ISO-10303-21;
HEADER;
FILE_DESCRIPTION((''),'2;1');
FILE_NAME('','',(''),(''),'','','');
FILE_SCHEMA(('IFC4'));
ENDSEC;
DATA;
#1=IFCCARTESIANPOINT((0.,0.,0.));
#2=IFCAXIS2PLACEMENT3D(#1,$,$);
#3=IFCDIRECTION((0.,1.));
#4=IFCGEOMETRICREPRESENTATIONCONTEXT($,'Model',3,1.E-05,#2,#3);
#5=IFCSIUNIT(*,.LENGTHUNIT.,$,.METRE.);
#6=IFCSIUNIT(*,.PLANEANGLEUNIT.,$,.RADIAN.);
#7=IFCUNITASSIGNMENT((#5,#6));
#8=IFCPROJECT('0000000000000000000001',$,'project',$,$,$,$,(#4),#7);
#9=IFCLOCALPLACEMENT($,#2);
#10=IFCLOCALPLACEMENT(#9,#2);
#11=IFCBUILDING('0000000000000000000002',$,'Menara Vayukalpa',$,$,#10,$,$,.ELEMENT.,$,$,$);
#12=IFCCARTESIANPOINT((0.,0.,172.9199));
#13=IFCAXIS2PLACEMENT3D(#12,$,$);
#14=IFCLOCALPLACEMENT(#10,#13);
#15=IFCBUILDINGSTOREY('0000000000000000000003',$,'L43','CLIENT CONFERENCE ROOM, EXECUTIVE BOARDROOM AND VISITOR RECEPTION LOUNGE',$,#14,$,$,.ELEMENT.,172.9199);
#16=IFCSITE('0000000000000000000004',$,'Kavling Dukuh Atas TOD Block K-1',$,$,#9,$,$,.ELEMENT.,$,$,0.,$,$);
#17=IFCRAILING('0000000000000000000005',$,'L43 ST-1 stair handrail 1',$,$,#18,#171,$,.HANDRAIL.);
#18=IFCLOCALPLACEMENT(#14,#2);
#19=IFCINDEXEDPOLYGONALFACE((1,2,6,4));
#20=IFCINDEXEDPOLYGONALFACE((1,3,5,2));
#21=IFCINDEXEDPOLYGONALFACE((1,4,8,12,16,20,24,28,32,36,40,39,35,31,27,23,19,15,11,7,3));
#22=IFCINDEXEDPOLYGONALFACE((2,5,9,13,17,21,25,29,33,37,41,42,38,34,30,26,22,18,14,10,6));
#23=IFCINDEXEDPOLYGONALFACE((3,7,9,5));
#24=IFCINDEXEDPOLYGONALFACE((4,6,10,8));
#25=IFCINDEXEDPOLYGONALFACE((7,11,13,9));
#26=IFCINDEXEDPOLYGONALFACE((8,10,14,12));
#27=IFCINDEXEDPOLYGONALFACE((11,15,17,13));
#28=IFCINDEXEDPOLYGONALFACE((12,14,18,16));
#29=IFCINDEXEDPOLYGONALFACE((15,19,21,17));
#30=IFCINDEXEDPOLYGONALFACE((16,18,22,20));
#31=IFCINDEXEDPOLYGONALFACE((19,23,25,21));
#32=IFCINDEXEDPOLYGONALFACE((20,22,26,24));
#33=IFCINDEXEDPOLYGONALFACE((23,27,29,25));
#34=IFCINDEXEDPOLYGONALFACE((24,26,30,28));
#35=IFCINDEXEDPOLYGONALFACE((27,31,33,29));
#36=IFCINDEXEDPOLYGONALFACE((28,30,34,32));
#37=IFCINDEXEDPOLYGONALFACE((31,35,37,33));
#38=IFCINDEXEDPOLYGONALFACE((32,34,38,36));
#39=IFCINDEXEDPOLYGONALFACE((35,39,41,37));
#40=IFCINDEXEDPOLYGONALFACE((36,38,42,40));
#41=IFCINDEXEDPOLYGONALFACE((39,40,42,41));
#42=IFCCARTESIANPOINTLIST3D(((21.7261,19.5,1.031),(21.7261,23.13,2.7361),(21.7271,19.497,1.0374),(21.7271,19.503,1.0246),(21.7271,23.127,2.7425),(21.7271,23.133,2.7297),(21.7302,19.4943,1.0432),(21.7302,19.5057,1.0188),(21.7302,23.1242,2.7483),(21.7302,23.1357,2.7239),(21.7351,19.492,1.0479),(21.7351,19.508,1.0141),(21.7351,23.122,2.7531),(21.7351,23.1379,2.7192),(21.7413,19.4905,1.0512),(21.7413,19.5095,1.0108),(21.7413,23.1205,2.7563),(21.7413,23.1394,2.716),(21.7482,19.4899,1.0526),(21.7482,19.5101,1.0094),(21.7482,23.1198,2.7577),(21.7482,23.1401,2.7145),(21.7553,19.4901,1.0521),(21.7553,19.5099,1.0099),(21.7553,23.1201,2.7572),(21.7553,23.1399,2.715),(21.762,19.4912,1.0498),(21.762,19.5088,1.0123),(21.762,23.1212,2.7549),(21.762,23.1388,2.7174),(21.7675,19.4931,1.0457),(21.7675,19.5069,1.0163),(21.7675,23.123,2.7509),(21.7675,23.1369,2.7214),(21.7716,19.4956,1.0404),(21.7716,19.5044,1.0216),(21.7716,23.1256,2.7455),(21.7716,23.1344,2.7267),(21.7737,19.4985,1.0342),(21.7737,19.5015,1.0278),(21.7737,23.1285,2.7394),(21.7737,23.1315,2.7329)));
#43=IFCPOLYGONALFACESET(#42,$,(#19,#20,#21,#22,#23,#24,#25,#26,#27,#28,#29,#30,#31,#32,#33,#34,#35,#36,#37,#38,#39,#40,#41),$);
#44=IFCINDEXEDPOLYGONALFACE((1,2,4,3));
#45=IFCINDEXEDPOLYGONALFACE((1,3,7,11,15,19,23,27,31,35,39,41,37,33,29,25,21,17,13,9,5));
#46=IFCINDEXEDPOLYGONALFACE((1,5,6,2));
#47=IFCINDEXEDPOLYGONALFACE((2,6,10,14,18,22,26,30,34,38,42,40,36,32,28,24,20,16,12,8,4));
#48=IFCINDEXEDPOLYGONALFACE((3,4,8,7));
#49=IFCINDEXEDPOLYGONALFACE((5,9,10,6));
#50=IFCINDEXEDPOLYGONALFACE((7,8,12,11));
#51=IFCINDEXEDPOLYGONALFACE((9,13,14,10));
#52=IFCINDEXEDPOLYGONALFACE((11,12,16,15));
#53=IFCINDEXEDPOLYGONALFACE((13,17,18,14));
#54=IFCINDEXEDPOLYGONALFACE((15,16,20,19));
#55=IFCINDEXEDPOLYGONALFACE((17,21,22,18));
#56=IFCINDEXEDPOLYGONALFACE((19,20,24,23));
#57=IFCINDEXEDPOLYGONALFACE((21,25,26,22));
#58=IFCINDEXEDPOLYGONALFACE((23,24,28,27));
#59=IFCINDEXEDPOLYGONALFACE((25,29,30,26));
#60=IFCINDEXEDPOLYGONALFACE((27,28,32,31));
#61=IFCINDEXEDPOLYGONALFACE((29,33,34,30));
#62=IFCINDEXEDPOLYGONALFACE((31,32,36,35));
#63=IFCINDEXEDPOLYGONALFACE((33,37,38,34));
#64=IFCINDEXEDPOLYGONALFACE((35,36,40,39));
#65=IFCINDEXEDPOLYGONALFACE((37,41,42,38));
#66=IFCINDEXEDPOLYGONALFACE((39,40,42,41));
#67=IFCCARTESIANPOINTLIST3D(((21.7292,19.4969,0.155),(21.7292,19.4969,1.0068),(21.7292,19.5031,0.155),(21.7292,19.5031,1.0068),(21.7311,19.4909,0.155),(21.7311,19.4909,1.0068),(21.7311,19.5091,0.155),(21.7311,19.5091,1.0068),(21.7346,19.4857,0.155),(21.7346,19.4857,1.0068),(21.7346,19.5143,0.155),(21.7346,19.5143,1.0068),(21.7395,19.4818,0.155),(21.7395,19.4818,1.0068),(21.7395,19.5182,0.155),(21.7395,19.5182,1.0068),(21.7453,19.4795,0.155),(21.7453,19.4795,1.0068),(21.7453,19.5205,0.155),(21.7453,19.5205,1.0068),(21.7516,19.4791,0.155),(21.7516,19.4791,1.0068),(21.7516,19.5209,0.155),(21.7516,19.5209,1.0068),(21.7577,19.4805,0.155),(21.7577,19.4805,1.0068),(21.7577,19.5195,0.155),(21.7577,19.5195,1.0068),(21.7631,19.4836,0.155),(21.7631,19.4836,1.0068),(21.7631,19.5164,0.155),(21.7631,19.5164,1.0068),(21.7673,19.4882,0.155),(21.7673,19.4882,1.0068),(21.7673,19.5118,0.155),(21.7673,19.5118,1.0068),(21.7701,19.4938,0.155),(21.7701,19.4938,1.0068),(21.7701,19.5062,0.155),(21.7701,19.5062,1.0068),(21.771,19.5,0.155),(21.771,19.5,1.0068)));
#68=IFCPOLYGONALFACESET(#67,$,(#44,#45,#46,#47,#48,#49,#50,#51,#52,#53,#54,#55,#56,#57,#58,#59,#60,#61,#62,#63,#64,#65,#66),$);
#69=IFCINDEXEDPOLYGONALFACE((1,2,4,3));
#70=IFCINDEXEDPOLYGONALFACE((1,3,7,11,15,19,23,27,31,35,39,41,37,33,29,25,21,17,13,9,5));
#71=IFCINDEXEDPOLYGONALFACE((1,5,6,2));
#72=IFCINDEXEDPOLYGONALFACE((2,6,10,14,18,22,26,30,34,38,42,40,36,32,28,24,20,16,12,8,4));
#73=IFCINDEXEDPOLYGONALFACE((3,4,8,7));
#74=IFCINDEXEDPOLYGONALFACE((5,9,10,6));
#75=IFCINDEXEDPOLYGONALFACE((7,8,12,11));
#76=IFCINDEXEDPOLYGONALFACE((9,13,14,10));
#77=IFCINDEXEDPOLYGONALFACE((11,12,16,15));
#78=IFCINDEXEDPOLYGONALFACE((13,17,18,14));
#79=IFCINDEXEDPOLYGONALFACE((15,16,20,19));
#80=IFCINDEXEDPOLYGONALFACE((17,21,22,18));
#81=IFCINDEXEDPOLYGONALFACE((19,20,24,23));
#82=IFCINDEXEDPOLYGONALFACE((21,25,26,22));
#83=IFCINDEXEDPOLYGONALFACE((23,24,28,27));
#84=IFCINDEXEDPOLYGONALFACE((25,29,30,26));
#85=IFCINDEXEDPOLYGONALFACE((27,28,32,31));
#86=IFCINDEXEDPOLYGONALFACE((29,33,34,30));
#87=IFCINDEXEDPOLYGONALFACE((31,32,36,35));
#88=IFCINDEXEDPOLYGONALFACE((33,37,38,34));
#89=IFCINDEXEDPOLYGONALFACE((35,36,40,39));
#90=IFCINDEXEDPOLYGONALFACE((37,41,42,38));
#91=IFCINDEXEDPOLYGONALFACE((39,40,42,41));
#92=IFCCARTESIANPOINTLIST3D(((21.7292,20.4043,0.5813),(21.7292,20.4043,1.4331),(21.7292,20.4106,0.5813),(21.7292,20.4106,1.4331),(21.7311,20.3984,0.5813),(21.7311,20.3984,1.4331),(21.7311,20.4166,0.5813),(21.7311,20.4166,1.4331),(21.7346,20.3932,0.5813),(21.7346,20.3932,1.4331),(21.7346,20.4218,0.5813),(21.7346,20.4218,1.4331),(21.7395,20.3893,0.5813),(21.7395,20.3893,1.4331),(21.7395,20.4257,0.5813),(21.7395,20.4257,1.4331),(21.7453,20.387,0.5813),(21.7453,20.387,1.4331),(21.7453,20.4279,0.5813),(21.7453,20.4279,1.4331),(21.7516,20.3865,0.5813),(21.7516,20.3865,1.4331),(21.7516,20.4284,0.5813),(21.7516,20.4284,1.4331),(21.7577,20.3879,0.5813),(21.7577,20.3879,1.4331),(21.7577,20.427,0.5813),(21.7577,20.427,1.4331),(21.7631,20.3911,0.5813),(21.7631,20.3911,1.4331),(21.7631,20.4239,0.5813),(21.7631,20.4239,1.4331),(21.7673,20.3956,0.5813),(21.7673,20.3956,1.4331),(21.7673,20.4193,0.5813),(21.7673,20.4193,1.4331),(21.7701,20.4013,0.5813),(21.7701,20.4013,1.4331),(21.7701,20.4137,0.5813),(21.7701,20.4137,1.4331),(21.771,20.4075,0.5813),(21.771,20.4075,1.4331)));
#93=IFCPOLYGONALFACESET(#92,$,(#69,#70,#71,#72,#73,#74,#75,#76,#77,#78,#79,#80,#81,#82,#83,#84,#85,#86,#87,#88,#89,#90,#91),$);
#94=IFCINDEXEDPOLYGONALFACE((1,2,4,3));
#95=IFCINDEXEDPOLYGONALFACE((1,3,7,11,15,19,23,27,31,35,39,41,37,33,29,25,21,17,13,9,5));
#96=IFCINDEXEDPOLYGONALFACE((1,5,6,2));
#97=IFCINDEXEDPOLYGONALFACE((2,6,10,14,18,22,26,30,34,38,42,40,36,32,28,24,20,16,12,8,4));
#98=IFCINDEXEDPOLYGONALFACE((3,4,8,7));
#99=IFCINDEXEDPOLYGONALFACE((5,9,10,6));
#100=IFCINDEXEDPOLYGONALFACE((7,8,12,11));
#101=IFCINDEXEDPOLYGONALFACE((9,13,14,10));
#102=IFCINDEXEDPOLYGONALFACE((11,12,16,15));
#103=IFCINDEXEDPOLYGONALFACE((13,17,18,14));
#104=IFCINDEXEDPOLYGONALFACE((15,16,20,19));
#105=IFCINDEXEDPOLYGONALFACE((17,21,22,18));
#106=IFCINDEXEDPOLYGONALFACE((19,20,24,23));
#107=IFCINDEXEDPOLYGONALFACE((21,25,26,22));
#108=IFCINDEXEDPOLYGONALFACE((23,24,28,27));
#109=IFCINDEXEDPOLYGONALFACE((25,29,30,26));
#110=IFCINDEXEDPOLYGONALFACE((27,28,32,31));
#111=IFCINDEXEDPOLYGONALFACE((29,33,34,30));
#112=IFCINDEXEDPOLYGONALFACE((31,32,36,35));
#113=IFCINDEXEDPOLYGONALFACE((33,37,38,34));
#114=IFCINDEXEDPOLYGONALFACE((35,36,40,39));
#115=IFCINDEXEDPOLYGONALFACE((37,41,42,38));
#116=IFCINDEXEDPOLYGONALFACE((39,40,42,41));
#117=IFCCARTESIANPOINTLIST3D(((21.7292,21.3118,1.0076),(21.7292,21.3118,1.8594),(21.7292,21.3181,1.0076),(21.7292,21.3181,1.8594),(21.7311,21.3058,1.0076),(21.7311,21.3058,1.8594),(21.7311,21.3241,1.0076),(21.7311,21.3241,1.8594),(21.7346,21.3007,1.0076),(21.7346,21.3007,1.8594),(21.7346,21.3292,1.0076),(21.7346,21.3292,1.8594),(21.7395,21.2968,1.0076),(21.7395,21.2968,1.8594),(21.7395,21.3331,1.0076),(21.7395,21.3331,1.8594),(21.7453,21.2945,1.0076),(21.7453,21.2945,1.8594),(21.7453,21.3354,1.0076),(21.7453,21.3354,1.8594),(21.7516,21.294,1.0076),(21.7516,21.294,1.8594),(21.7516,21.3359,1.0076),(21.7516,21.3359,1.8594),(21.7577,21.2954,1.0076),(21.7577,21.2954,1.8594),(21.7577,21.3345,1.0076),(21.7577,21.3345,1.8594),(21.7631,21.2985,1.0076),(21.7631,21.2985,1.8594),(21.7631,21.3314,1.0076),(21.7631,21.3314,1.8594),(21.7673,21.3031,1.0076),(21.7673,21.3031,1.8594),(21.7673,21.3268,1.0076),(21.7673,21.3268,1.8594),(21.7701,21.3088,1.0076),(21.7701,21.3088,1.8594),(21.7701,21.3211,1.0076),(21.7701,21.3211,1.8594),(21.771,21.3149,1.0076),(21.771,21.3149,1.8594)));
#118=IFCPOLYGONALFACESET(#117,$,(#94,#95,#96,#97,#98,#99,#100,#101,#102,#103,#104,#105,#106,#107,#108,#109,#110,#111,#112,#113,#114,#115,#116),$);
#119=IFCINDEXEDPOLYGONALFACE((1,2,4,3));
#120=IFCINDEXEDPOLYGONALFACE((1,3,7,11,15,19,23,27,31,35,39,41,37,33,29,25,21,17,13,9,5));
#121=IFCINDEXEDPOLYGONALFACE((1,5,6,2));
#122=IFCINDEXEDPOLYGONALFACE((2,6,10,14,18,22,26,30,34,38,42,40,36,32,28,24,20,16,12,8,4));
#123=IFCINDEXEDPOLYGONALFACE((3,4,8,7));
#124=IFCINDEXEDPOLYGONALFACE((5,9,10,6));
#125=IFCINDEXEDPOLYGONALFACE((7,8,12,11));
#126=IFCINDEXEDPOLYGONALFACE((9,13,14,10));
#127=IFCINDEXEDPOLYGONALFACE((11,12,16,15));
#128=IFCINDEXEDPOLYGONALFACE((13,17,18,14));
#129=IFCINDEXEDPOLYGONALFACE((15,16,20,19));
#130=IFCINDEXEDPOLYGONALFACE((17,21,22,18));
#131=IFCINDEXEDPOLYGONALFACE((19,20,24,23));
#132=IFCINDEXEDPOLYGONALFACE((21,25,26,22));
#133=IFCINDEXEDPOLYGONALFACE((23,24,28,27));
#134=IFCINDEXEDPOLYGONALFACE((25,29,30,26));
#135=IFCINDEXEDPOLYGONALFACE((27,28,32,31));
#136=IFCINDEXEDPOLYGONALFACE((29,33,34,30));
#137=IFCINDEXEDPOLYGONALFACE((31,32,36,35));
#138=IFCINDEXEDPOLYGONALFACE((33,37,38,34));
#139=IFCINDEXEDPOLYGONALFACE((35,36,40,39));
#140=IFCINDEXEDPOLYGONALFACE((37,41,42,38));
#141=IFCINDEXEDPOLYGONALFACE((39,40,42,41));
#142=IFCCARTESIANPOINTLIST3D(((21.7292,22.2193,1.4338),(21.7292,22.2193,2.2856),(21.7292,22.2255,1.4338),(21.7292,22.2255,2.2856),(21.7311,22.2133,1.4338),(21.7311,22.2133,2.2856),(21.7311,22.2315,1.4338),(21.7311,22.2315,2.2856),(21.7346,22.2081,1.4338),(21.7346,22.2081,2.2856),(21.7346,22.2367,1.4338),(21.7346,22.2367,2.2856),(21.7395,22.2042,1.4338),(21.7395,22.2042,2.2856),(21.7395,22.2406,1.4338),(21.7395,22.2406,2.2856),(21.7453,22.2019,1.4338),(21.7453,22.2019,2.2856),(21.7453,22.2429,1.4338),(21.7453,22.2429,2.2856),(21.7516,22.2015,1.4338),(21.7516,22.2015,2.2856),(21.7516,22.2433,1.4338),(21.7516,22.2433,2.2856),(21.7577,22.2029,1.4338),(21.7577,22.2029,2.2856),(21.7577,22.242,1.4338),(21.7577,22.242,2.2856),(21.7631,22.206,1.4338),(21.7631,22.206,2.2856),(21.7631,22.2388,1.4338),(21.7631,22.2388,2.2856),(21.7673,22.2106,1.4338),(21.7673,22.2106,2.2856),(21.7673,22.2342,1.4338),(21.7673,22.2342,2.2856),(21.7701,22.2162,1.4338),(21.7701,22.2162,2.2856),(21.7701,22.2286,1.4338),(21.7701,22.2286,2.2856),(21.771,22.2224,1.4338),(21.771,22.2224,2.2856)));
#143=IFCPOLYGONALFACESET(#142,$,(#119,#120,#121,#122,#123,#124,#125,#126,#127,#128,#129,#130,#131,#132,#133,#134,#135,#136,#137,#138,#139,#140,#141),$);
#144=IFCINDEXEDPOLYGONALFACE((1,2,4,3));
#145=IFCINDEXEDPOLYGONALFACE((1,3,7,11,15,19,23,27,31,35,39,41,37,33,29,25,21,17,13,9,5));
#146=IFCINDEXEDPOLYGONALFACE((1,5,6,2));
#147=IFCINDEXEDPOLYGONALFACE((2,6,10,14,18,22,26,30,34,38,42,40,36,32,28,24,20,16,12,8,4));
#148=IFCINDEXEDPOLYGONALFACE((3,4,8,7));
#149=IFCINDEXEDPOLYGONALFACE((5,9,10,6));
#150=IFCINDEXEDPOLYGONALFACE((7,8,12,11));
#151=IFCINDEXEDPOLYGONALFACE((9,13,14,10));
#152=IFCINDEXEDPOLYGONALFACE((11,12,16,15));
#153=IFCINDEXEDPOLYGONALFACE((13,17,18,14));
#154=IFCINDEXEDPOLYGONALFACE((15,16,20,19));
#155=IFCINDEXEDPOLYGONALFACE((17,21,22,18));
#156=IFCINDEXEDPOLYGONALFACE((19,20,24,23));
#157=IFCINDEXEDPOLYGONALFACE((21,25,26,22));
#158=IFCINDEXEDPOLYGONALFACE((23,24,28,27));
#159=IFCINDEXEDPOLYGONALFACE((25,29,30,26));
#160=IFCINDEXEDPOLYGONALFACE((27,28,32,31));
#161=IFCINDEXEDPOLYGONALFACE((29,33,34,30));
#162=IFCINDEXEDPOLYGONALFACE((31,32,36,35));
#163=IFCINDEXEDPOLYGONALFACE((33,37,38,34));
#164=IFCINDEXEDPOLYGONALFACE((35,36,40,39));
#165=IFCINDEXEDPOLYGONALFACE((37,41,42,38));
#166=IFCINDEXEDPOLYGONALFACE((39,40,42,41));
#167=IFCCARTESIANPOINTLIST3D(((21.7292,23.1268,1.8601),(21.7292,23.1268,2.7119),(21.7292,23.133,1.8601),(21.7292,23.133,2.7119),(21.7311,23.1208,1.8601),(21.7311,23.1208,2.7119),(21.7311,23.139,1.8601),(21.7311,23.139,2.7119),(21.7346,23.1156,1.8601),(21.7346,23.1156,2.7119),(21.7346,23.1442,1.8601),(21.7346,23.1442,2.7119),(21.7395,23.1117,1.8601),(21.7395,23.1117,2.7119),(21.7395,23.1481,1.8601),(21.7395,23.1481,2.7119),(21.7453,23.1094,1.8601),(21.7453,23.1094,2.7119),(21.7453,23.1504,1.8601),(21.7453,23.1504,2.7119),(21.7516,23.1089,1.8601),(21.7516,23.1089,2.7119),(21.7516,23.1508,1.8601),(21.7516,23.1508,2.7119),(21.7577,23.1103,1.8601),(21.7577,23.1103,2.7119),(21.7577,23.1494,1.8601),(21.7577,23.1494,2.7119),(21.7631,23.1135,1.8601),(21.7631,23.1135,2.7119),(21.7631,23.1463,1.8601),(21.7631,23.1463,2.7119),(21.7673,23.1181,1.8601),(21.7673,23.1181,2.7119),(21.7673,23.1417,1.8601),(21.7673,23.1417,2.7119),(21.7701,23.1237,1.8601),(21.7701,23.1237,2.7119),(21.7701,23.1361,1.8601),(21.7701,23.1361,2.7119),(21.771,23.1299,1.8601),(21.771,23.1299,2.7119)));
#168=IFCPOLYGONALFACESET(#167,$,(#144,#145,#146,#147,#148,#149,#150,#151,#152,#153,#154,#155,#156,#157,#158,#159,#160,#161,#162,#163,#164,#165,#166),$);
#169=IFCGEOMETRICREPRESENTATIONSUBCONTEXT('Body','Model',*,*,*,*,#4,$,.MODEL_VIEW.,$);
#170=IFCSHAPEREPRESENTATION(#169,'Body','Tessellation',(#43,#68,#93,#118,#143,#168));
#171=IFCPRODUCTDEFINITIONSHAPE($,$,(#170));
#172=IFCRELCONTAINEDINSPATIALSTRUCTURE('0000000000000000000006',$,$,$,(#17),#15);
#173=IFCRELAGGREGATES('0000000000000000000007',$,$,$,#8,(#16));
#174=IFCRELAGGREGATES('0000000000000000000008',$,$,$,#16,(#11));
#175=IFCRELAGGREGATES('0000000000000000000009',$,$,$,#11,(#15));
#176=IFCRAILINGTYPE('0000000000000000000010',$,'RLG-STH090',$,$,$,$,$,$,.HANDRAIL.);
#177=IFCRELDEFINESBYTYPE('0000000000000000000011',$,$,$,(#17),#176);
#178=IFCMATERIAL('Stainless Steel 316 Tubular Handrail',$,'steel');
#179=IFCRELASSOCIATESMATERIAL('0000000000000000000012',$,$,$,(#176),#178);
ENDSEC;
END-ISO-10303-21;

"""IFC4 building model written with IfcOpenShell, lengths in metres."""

from ifc_helpers import new_model, si_unit, direction, frame, origin, origin_2d, place, context, subcontext, project, spatial, circle, extrude, material, type_object, element, save


model = new_model("IFC4")

# Units and contexts
model_context = context("Model", 3, precision=1e-05, world=origin(), true_north=direction((0.0, 1.0)))
body_context = subcontext(model_context, "Body", "Model", "MODEL_VIEW")
ifc_project = project(units=[si_unit("LENGTHUNIT", "METRE"), si_unit("PLANEANGLEUNIT", "RADIAN")], contexts=[model_context])

# Site, building, storey
site_placement = place(None, origin())
site = spatial("IfcSite", under=ifc_project, at=site_placement, Name="Kavling Dukuh Atas TOD Block K-1", CompositionType="ELEMENT", RefElevation=0.0)
building_placement = place(site_placement, origin())
building = spatial("IfcBuilding", under=site, at=building_placement, Name="Menara Vayukalpa", CompositionType="ELEMENT")
storey_placement = place(building_placement, frame((0.0, 0.0, 172.9199)))
storey = spatial("IfcBuildingStorey", under=building, at=storey_placement, Name="L43", Description="CLIENT CONFERENCE ROOM, EXECUTIVE BOARDROOM AND VISITOR RECEPTION LOUNGE", CompositionType="ELEMENT", Elevation=172.9199)

# Railing
ifc_material_1 = material(Name="Stainless Steel 316 Tubular Handrail", Category="steel")
railing_type_1 = type_object("IfcRailingType", Name="RLG-STH090", PredefinedType="HANDRAIL", material=ifc_material_1)
railing_1_placement = place(storey_placement, frame((21.75, 19.5, 0.155)))
element("IfcRailing", 1, at=railing_1_placement, inside=storey, type_object=railing_type_1, Name="L43 ST-1 stair handrail 1", PredefinedType="HANDRAIL", context=body_context, shape_type="SweptSolid", body=[
    extrude(circle(Radius=0.0239, at=origin_2d()), frame((0.0, 0.0, 0.876), z_axis=(0.0, 0.905116, 0.425164), x_axis=(-1.0, 0.0, 0.0)), (0.0, 0.0, 1.0), 4.0105),
    extrude(circle(Radius=0.021, at=origin_2d()), origin(), (0.0, 0.0, 1.0), 0.8518),
    extrude(circle(Radius=0.021, at=origin_2d()), frame((0.0, 0.9075, 0.4263)), (0.0, 0.0, 1.0), 0.8518),
    extrude(circle(Radius=0.021, at=origin_2d()), frame((0.0, 1.8149, 0.8525)), (0.0, 0.0, 1.0), 0.8518),
    extrude(circle(Radius=0.021, at=origin_2d()), frame((0.0, 2.7224, 1.2788)), (0.0, 0.0, 1.0), 0.8518),
    extrude(circle(Radius=0.021, at=origin_2d()), frame((0.0, 3.6299, 1.7051)), (0.0, 0.0, 1.0), 0.8518),
])

save(model, "model.ifc")
